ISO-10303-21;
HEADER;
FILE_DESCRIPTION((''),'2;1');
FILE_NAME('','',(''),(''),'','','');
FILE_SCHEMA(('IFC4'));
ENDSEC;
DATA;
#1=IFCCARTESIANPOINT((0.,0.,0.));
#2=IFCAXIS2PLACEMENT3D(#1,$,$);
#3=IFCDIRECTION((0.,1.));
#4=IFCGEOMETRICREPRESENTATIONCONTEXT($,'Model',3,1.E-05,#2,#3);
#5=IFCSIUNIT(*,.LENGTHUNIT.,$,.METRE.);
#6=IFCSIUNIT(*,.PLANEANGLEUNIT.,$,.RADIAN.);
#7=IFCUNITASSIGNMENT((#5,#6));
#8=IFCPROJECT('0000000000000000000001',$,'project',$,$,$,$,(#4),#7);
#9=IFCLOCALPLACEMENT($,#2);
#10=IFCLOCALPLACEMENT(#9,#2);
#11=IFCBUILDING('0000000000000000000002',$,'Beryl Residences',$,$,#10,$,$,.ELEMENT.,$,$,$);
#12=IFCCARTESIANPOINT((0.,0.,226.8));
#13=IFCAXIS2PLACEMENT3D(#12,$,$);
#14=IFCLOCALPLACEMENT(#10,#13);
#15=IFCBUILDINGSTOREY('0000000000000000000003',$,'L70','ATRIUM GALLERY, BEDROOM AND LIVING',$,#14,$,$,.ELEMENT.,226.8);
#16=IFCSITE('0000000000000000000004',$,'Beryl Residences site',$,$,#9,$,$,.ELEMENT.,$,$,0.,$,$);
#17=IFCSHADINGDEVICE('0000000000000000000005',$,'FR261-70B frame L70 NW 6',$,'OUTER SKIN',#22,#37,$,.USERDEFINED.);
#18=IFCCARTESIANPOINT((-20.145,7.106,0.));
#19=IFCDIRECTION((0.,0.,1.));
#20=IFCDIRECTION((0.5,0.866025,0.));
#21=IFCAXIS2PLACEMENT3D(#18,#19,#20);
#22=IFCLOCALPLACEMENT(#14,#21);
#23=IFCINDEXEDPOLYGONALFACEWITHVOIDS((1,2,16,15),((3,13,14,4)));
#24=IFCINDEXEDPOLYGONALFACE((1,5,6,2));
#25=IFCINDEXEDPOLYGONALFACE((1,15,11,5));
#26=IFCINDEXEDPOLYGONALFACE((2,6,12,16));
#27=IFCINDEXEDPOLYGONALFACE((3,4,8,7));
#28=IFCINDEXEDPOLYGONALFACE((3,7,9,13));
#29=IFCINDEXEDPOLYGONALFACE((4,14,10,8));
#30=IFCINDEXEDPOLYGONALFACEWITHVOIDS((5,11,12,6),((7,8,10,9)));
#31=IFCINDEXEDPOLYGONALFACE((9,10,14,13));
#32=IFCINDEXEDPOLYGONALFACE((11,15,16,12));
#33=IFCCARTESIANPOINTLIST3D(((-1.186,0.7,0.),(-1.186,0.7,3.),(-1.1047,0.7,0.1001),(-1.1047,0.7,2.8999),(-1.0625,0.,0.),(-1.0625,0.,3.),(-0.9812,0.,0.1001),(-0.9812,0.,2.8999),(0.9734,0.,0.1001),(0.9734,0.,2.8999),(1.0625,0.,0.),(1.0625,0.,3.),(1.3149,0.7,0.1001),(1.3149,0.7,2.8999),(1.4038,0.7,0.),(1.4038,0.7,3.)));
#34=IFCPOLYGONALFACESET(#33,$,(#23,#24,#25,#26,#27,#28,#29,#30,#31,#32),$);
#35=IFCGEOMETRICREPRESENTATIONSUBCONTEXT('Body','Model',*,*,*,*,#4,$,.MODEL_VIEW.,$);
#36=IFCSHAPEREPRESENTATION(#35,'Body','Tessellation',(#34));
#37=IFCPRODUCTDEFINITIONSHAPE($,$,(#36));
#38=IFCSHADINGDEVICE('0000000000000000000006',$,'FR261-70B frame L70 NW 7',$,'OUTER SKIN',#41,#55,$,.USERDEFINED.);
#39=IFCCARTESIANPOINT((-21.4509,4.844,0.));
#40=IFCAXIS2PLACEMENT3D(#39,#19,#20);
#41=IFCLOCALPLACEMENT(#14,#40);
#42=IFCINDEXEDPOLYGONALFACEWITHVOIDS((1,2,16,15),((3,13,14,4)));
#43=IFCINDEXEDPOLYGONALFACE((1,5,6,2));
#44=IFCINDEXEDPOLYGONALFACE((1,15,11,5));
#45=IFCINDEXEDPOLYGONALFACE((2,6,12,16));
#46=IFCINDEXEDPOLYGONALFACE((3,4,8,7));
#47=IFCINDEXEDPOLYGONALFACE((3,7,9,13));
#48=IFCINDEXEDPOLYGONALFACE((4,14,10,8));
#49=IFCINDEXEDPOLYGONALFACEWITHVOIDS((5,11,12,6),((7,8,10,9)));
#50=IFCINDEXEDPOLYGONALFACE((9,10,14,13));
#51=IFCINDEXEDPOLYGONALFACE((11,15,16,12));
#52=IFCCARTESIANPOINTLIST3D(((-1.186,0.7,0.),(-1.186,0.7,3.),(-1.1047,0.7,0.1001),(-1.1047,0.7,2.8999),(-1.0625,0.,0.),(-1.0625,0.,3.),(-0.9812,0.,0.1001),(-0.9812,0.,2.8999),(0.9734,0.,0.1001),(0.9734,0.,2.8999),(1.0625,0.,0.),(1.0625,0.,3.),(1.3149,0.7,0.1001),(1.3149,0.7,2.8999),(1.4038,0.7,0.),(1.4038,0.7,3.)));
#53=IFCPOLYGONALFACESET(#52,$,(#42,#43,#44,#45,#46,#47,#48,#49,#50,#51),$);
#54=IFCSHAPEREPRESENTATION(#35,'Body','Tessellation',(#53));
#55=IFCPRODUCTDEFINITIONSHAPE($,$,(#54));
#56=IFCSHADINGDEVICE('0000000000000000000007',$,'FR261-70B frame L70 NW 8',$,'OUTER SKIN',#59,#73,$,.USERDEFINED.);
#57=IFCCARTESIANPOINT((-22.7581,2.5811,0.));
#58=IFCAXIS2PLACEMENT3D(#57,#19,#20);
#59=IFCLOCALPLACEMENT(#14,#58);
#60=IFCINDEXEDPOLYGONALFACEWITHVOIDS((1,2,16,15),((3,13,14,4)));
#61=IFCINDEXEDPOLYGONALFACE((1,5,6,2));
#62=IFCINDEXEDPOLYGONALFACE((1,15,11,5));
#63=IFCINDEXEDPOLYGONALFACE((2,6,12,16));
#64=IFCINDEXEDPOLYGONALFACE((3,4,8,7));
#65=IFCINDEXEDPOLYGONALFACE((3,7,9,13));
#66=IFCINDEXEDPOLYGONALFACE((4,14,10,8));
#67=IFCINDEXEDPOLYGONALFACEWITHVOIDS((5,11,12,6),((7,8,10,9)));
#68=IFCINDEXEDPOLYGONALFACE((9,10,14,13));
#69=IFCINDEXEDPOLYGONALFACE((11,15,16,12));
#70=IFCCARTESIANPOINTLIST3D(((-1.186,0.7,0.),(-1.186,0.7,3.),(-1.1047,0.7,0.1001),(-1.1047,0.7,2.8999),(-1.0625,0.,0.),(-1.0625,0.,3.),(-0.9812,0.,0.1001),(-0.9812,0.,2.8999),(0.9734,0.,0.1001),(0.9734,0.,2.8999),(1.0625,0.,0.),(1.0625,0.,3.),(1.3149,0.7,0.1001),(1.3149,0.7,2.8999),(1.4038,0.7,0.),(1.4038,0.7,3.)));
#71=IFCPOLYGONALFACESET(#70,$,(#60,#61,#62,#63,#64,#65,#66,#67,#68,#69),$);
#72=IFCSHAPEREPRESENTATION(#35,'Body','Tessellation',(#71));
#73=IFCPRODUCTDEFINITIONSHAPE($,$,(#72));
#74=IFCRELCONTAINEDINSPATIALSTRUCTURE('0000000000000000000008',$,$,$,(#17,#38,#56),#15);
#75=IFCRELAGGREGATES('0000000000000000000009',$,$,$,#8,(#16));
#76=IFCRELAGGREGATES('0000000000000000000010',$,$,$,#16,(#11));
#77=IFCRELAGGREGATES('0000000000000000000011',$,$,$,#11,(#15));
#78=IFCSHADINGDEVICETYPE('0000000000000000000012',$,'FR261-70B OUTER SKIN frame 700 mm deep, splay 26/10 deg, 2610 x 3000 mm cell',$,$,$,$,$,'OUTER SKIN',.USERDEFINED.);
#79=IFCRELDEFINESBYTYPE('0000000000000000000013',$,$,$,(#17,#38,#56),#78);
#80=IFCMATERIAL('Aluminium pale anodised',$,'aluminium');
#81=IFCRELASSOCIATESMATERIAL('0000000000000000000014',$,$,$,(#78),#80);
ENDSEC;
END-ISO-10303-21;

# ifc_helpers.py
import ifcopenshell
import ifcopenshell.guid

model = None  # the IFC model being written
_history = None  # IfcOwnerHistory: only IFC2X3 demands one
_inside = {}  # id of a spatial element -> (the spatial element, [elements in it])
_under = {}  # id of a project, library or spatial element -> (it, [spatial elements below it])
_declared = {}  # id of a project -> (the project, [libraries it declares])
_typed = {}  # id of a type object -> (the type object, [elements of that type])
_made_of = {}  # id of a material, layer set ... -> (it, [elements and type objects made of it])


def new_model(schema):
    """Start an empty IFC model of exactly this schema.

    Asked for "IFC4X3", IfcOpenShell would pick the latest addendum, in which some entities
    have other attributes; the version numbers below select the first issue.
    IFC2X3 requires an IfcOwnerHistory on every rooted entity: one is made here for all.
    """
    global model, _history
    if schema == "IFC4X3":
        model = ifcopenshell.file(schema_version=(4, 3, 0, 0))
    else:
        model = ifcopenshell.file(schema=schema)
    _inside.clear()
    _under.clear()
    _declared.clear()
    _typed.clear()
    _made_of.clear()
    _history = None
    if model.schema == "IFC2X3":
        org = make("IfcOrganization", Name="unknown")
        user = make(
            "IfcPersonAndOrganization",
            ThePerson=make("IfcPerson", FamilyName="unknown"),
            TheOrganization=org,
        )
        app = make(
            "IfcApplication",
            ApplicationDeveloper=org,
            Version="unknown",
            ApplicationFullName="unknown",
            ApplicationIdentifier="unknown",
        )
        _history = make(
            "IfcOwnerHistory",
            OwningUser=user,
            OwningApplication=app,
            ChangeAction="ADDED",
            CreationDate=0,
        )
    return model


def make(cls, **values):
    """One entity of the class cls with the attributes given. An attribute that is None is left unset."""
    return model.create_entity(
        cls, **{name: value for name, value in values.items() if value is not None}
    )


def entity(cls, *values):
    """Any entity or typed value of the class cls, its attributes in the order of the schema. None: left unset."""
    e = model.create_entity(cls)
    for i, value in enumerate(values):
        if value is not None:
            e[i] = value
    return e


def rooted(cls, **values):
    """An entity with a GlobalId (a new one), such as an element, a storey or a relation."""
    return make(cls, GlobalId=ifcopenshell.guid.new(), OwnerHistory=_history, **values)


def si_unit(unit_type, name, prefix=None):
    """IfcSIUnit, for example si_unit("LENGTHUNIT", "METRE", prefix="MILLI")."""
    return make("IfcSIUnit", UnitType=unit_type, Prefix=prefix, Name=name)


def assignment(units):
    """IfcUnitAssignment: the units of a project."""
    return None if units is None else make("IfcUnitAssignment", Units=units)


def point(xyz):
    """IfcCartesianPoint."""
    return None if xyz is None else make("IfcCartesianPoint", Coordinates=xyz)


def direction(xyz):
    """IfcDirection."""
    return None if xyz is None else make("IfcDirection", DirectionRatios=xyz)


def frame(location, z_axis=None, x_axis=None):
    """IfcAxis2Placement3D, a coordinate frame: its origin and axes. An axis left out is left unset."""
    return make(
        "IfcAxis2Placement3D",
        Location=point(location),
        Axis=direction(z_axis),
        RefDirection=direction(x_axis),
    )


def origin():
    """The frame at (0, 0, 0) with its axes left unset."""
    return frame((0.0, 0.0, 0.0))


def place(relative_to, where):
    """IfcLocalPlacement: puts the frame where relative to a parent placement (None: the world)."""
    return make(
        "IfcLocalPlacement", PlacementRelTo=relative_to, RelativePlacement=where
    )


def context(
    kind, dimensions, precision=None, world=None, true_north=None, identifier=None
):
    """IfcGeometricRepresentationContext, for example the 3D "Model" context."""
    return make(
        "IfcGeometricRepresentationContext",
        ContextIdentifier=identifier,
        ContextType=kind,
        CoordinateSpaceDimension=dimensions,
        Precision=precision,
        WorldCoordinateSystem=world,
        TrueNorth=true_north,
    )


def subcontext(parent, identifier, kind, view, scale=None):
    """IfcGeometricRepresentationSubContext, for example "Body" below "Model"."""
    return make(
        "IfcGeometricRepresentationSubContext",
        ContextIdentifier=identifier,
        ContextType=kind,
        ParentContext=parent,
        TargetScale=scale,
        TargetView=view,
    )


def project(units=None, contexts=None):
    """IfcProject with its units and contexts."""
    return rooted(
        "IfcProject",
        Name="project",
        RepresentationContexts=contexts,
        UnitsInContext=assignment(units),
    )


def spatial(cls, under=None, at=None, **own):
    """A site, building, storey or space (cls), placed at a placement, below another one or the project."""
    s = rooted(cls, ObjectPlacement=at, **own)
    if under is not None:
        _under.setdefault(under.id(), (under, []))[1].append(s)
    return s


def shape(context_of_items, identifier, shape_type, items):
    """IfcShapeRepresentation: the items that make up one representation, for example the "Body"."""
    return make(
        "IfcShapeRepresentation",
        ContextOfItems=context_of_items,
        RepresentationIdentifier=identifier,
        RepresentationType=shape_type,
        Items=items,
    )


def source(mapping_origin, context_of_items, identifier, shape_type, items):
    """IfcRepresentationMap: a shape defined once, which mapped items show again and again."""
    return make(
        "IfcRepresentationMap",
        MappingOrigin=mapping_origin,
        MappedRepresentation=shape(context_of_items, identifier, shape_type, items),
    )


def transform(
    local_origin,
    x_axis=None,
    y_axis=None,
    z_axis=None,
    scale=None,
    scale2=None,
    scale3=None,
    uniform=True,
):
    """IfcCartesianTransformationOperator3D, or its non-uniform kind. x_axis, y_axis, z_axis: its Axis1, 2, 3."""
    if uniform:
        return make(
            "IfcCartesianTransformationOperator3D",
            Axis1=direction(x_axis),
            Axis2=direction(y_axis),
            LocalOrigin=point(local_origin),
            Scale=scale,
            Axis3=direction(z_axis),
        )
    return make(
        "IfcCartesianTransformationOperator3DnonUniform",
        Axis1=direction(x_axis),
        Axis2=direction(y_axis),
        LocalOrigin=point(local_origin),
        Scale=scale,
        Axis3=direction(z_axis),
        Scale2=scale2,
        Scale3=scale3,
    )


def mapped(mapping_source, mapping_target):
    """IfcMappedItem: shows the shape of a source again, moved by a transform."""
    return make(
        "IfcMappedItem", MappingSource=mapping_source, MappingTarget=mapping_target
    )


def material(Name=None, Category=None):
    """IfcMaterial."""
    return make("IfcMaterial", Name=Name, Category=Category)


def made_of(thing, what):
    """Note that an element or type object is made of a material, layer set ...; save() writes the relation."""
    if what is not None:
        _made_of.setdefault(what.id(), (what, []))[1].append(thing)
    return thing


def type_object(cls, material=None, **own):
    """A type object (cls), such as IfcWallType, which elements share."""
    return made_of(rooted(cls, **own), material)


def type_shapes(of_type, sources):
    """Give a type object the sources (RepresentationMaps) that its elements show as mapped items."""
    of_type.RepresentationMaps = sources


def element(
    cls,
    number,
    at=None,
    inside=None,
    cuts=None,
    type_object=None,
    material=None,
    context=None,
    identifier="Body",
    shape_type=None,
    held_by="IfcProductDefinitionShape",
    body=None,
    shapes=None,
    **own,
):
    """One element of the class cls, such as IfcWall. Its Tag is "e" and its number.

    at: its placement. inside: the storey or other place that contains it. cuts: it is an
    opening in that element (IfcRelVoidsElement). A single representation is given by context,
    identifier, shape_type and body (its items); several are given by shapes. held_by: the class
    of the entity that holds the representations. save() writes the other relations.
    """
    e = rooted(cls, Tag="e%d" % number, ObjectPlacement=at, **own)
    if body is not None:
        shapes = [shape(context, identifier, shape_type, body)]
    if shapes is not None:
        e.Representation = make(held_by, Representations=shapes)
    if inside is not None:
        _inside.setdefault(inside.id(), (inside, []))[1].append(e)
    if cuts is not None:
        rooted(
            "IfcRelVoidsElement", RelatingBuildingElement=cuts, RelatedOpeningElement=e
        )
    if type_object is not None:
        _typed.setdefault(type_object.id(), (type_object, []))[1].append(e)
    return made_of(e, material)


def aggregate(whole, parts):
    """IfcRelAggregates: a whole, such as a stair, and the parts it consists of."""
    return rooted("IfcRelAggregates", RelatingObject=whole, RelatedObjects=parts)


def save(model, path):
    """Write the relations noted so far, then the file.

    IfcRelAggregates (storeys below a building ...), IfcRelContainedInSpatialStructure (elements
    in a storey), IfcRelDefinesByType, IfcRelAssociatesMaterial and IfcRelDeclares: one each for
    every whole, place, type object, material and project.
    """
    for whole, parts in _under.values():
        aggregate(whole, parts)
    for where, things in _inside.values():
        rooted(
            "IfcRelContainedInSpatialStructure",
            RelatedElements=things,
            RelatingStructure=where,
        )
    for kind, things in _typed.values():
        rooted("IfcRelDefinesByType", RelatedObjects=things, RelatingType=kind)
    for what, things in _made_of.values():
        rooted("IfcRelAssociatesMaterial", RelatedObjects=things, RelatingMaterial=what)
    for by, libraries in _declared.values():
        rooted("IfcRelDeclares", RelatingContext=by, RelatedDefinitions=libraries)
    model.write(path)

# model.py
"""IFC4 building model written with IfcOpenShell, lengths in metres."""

from ifc_helpers import new_model, entity, si_unit, direction, frame, origin, place, context, subcontext, project, spatial, source, transform, mapped, material, type_object, type_shapes, element, save


model = new_model("IFC4")

# Units and contexts
model_context = context("Model", 3, precision=1e-05, world=origin(), true_north=direction((0.0, 1.0)))
body_context = subcontext(model_context, "Body", "Model", "MODEL_VIEW")
ifc_project = project(units=[si_unit("LENGTHUNIT", "METRE"), si_unit("PLANEANGLEUNIT", "RADIAN")], contexts=[model_context])

# Site, building, storey
site_placement = place(None, origin())
site = spatial("IfcSite", under=ifc_project, at=site_placement, Name="Beryl Residences site", CompositionType="ELEMENT", RefElevation=0.0)
building_placement = place(site_placement, origin())
building = spatial("IfcBuilding", under=site, at=building_placement, Name="Beryl Residences", CompositionType="ELEMENT")
storey_placement = place(building_placement, frame((0.0, 0.0, 226.8)))
storey = spatial("IfcBuildingStorey", under=building, at=storey_placement, Name="L70", Description="ATRIUM GALLERY, BEDROOM AND LIVING", CompositionType="ELEMENT", Elevation=226.8)

# Shading devices
ifc_material_1 = material(Name="Aluminium pale anodised", Category="aluminium")
shading_device_type = type_object("IfcShadingDeviceType", Name="FR261-70B OUTER SKIN frame 700 mm deep, splay 26/10 deg, 2610 x 3000 mm cell", ElementType="OUTER SKIN", PredefinedType="USERDEFINED", material=ifc_material_1)
cartesian_point_1 = entity("IfcCartesianPoint", [-1.0625, 0.0])
cartesian_point_2 = entity("IfcCartesianPoint", [-0.9734, 0.1001])
cartesian_point_3 = entity("IfcCartesianPoint", [-1.4038, 0.0])
cartesian_point_4 = entity("IfcCartesianPoint", [-1.3149, 0.1001])
shared_shape = source(origin(), body_context, "Body", "SweptSolid", [
    entity("IfcExtrudedAreaSolidTapered", entity("IfcArbitraryProfileDefWithVoids", "AREA", None, entity("IfcPolyline", [cartesian_point_1, entity("IfcCartesianPoint", [1.0625, 0.0]), entity("IfcCartesianPoint", [1.0625, 3.0]), entity("IfcCartesianPoint", [-1.0625, 3.0]), cartesian_point_1]), [entity("IfcPolyline", [cartesian_point_2, entity("IfcCartesianPoint", [0.9812, 0.1001]), entity("IfcCartesianPoint", [0.9812, 2.8999]), entity("IfcCartesianPoint", [-0.9734, 2.8999]), cartesian_point_2])]), entity("IfcAxis2Placement3D", entity("IfcCartesianPoint", [0.0, 0.0, 0.0]), entity("IfcDirection", [0.0, 1.0, 0.0]), entity("IfcDirection", [-1.0, 0.0, 0.0])), entity("IfcDirection", [0.0, 0.0, 1.0]), 0.7, entity("IfcArbitraryProfileDefWithVoids", "AREA", None, entity("IfcPolyline", [cartesian_point_3, entity("IfcCartesianPoint", [1.186, 0.0]), entity("IfcCartesianPoint", [1.186, 3.0]), entity("IfcCartesianPoint", [-1.4038, 3.0]), cartesian_point_3]), [entity("IfcPolyline", [cartesian_point_4, entity("IfcCartesianPoint", [1.1047, 0.1001]), entity("IfcCartesianPoint", [1.1047, 2.8999]), entity("IfcCartesianPoint", [-1.3149, 2.8999]), cartesian_point_4])])),
])
type_shapes(shading_device_type, [shared_shape])
for number, where, z_axis, x_axis, name in (
    (1, (-20.145, 7.106, 0.0), (0.0, 0.0, 1.0), (0.5, 0.866025, 0.0), "FR261-70B frame L70 NW 6"),
    (2, (-21.4509, 4.844, 0.0), (0.0, 0.0, 1.0), (0.5, 0.866025, 0.0), "FR261-70B frame L70 NW 7"),
    (3, (-22.7581, 2.5811, 0.0), (0.0, 0.0, 1.0), (0.5, 0.866025, 0.0), "FR261-70B frame L70 NW 8"),
):
    element("IfcShadingDevice", number, at=place(storey_placement, frame(where, z_axis=z_axis, x_axis=x_axis)), inside=storey, type_object=shading_device_type, Name=name, ObjectType="OUTER SKIN", PredefinedType="USERDEFINED", context=body_context, shape_type="MappedRepresentation", body=[
        mapped(shared_shape, transform((0.0, 0.0, 0.0))),
    ])

save(model, "model.ifc")
